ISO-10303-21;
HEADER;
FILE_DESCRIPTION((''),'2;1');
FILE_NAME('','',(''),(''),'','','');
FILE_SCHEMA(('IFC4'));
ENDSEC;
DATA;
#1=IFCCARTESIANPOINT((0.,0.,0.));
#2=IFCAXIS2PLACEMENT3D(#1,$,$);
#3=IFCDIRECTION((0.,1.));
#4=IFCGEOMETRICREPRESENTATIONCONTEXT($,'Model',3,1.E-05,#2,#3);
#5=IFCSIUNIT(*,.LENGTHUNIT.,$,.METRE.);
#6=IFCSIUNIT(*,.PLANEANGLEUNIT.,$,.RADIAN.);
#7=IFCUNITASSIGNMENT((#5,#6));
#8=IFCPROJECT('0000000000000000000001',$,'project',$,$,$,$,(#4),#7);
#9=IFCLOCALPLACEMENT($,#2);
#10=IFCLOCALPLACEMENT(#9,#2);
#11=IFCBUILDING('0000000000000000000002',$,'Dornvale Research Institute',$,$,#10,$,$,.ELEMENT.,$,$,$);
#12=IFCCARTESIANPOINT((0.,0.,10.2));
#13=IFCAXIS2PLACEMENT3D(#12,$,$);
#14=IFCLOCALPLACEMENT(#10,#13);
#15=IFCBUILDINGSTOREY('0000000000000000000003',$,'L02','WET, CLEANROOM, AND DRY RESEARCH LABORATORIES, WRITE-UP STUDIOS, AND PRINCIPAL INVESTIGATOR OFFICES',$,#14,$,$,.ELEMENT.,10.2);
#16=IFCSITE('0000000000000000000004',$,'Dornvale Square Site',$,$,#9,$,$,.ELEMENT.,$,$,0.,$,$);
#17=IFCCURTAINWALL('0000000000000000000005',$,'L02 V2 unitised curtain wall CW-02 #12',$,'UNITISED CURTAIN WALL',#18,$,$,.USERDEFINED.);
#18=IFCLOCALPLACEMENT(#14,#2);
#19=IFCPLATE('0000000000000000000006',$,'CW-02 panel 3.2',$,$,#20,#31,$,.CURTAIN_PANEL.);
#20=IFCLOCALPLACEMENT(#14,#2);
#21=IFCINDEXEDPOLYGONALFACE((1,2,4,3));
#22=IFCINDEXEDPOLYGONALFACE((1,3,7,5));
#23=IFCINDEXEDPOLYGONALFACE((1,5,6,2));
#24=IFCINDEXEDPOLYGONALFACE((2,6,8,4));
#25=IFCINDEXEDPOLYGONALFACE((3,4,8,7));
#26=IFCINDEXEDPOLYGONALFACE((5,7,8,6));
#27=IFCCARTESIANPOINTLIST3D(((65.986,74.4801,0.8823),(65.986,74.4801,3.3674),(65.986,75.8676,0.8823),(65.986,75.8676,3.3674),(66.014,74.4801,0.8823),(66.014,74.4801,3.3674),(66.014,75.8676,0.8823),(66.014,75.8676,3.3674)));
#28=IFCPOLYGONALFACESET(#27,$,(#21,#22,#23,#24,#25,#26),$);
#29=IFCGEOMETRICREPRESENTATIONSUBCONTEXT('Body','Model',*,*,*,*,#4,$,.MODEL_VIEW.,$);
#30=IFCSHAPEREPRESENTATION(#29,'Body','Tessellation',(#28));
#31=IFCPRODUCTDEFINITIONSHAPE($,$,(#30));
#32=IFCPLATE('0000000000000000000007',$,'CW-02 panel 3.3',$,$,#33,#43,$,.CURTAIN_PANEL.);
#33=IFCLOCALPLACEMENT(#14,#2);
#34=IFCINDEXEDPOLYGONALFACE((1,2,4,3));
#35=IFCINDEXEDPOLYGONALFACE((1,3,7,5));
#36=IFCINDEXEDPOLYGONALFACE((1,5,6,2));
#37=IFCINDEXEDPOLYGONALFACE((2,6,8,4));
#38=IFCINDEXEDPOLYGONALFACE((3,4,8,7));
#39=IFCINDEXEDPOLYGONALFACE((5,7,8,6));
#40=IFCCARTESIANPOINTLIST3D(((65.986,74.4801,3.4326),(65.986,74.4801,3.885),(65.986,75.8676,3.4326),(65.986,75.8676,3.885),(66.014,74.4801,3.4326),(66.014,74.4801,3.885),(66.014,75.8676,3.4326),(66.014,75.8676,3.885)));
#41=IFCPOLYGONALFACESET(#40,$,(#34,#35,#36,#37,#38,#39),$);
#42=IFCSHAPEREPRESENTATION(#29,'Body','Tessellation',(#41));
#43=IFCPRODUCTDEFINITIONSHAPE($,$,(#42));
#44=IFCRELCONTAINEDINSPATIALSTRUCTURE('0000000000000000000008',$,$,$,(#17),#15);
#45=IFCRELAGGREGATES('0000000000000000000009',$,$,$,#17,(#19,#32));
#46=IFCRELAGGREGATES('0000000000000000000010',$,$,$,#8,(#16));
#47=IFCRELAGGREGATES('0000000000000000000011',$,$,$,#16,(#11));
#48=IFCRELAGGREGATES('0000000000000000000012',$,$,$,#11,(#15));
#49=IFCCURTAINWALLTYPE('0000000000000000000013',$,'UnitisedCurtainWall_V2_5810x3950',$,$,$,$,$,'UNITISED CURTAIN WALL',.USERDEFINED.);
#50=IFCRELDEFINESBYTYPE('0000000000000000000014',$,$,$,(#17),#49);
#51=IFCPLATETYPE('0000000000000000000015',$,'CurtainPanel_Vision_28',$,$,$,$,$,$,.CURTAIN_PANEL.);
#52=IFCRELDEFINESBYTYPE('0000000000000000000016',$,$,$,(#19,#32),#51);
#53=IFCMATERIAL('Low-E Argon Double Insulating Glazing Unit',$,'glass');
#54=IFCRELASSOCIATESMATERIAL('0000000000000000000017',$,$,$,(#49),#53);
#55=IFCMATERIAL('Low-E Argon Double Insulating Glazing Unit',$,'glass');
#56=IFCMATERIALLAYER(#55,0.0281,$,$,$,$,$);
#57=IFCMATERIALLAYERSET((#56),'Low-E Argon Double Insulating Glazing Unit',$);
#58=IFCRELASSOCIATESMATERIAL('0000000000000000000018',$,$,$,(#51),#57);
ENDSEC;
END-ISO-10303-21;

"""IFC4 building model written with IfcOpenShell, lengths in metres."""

from ifc_helpers import new_model, si_unit, direction, frame, origin, origin_2d, place, context, subcontext, project, spatial, rectangle, extrude, material, layer, layer_set, type_object, element, aggregate, save


model = new_model("IFC4")

# Units and contexts
model_context = context("Model", 3, precision=1e-05, world=origin(), true_north=direction((0.0, 1.0)))
body_context = subcontext(model_context, "Body", "Model", "MODEL_VIEW")
ifc_project = project(units=[si_unit("LENGTHUNIT", "METRE"), si_unit("PLANEANGLEUNIT", "RADIAN")], contexts=[model_context])

# Site, building, storey
site_placement = place(None, origin())
site = spatial("IfcSite", under=ifc_project, at=site_placement, Name="Dornvale Square Site", CompositionType="ELEMENT", RefElevation=0.0)
building_placement = place(site_placement, origin())
building = spatial("IfcBuilding", under=site, at=building_placement, Name="Dornvale Research Institute", CompositionType="ELEMENT")
storey_placement = place(building_placement, frame((0.0, 0.0, 10.2)))
storey = spatial("IfcBuildingStorey", under=building, at=storey_placement, Name="L02", Description="WET, CLEANROOM, AND DRY RESEARCH LABORATORIES, WRITE-UP STUDIOS, AND PRINCIPAL INVESTIGATOR OFFICES", CompositionType="ELEMENT", Elevation=10.2)

# Curtain wall
ifc_material_1 = material(Name="Low-E Argon Double Insulating Glazing Unit", Category="glass")
curtain_wall_type = type_object("IfcCurtainWallType", Name="UnitisedCurtainWall_V2_5810x3950", ElementType="UNITISED CURTAIN WALL", PredefinedType="USERDEFINED", material=ifc_material_1)
curtain_wall_placement = place(storey_placement, origin())
curtain_wall = element("IfcCurtainWall", 1, at=curtain_wall_placement, inside=storey, type_object=curtain_wall_type, Name="L02 V2 unitised curtain wall CW-02 #12", ObjectType="UNITISED CURTAIN WALL", PredefinedType="USERDEFINED")

# Plates
ifc_material_2 = material(Name="Low-E Argon Double Insulating Glazing Unit", Category="glass")
ifc_layer_1 = layer(ifc_material_2, 0.0281)
ifc_layer_set_1 = layer_set([ifc_layer_1], Name="Low-E Argon Double Insulating Glazing Unit")
plate_type_1 = type_object("IfcPlateType", Name="CurtainPanel_Vision_28", PredefinedType="CURTAIN_PANEL", material=ifc_layer_set_1)
plate_1_placement = place(storey_placement, frame((66.0, 75.1738, 0.8823), z_axis=(0.0, 0.0, 1.0), x_axis=(0.0, -1.0, 0.0)))
plate_1 = element("IfcPlate", 2, at=plate_1_placement, type_object=plate_type_1, Name="CW-02 panel 3.2", PredefinedType="CURTAIN_PANEL", context=body_context, shape_type="SweptSolid", body=[
    extrude(rectangle(XDim=1.3875, YDim=0.0281, at=origin_2d()), origin(), (0.0, 0.0, 1.0), 2.4851),
])
plate_2_placement = place(storey_placement, frame((66.0, 75.1738, 3.4326), z_axis=(0.0, 0.0, 1.0), x_axis=(0.0, -1.0, 0.0)))
plate_2 = element("IfcPlate", 3, at=plate_2_placement, type_object=plate_type_1, Name="CW-02 panel 3.3", PredefinedType="CURTAIN_PANEL", context=body_context, shape_type="SweptSolid", body=[
    extrude(rectangle(XDim=1.3875, YDim=0.0281, at=origin_2d()), origin(), (0.0, 0.0, 1.0), 0.4524),
])
aggregate(curtain_wall, [plate_1, plate_2])

save(model, "model.ifc")
